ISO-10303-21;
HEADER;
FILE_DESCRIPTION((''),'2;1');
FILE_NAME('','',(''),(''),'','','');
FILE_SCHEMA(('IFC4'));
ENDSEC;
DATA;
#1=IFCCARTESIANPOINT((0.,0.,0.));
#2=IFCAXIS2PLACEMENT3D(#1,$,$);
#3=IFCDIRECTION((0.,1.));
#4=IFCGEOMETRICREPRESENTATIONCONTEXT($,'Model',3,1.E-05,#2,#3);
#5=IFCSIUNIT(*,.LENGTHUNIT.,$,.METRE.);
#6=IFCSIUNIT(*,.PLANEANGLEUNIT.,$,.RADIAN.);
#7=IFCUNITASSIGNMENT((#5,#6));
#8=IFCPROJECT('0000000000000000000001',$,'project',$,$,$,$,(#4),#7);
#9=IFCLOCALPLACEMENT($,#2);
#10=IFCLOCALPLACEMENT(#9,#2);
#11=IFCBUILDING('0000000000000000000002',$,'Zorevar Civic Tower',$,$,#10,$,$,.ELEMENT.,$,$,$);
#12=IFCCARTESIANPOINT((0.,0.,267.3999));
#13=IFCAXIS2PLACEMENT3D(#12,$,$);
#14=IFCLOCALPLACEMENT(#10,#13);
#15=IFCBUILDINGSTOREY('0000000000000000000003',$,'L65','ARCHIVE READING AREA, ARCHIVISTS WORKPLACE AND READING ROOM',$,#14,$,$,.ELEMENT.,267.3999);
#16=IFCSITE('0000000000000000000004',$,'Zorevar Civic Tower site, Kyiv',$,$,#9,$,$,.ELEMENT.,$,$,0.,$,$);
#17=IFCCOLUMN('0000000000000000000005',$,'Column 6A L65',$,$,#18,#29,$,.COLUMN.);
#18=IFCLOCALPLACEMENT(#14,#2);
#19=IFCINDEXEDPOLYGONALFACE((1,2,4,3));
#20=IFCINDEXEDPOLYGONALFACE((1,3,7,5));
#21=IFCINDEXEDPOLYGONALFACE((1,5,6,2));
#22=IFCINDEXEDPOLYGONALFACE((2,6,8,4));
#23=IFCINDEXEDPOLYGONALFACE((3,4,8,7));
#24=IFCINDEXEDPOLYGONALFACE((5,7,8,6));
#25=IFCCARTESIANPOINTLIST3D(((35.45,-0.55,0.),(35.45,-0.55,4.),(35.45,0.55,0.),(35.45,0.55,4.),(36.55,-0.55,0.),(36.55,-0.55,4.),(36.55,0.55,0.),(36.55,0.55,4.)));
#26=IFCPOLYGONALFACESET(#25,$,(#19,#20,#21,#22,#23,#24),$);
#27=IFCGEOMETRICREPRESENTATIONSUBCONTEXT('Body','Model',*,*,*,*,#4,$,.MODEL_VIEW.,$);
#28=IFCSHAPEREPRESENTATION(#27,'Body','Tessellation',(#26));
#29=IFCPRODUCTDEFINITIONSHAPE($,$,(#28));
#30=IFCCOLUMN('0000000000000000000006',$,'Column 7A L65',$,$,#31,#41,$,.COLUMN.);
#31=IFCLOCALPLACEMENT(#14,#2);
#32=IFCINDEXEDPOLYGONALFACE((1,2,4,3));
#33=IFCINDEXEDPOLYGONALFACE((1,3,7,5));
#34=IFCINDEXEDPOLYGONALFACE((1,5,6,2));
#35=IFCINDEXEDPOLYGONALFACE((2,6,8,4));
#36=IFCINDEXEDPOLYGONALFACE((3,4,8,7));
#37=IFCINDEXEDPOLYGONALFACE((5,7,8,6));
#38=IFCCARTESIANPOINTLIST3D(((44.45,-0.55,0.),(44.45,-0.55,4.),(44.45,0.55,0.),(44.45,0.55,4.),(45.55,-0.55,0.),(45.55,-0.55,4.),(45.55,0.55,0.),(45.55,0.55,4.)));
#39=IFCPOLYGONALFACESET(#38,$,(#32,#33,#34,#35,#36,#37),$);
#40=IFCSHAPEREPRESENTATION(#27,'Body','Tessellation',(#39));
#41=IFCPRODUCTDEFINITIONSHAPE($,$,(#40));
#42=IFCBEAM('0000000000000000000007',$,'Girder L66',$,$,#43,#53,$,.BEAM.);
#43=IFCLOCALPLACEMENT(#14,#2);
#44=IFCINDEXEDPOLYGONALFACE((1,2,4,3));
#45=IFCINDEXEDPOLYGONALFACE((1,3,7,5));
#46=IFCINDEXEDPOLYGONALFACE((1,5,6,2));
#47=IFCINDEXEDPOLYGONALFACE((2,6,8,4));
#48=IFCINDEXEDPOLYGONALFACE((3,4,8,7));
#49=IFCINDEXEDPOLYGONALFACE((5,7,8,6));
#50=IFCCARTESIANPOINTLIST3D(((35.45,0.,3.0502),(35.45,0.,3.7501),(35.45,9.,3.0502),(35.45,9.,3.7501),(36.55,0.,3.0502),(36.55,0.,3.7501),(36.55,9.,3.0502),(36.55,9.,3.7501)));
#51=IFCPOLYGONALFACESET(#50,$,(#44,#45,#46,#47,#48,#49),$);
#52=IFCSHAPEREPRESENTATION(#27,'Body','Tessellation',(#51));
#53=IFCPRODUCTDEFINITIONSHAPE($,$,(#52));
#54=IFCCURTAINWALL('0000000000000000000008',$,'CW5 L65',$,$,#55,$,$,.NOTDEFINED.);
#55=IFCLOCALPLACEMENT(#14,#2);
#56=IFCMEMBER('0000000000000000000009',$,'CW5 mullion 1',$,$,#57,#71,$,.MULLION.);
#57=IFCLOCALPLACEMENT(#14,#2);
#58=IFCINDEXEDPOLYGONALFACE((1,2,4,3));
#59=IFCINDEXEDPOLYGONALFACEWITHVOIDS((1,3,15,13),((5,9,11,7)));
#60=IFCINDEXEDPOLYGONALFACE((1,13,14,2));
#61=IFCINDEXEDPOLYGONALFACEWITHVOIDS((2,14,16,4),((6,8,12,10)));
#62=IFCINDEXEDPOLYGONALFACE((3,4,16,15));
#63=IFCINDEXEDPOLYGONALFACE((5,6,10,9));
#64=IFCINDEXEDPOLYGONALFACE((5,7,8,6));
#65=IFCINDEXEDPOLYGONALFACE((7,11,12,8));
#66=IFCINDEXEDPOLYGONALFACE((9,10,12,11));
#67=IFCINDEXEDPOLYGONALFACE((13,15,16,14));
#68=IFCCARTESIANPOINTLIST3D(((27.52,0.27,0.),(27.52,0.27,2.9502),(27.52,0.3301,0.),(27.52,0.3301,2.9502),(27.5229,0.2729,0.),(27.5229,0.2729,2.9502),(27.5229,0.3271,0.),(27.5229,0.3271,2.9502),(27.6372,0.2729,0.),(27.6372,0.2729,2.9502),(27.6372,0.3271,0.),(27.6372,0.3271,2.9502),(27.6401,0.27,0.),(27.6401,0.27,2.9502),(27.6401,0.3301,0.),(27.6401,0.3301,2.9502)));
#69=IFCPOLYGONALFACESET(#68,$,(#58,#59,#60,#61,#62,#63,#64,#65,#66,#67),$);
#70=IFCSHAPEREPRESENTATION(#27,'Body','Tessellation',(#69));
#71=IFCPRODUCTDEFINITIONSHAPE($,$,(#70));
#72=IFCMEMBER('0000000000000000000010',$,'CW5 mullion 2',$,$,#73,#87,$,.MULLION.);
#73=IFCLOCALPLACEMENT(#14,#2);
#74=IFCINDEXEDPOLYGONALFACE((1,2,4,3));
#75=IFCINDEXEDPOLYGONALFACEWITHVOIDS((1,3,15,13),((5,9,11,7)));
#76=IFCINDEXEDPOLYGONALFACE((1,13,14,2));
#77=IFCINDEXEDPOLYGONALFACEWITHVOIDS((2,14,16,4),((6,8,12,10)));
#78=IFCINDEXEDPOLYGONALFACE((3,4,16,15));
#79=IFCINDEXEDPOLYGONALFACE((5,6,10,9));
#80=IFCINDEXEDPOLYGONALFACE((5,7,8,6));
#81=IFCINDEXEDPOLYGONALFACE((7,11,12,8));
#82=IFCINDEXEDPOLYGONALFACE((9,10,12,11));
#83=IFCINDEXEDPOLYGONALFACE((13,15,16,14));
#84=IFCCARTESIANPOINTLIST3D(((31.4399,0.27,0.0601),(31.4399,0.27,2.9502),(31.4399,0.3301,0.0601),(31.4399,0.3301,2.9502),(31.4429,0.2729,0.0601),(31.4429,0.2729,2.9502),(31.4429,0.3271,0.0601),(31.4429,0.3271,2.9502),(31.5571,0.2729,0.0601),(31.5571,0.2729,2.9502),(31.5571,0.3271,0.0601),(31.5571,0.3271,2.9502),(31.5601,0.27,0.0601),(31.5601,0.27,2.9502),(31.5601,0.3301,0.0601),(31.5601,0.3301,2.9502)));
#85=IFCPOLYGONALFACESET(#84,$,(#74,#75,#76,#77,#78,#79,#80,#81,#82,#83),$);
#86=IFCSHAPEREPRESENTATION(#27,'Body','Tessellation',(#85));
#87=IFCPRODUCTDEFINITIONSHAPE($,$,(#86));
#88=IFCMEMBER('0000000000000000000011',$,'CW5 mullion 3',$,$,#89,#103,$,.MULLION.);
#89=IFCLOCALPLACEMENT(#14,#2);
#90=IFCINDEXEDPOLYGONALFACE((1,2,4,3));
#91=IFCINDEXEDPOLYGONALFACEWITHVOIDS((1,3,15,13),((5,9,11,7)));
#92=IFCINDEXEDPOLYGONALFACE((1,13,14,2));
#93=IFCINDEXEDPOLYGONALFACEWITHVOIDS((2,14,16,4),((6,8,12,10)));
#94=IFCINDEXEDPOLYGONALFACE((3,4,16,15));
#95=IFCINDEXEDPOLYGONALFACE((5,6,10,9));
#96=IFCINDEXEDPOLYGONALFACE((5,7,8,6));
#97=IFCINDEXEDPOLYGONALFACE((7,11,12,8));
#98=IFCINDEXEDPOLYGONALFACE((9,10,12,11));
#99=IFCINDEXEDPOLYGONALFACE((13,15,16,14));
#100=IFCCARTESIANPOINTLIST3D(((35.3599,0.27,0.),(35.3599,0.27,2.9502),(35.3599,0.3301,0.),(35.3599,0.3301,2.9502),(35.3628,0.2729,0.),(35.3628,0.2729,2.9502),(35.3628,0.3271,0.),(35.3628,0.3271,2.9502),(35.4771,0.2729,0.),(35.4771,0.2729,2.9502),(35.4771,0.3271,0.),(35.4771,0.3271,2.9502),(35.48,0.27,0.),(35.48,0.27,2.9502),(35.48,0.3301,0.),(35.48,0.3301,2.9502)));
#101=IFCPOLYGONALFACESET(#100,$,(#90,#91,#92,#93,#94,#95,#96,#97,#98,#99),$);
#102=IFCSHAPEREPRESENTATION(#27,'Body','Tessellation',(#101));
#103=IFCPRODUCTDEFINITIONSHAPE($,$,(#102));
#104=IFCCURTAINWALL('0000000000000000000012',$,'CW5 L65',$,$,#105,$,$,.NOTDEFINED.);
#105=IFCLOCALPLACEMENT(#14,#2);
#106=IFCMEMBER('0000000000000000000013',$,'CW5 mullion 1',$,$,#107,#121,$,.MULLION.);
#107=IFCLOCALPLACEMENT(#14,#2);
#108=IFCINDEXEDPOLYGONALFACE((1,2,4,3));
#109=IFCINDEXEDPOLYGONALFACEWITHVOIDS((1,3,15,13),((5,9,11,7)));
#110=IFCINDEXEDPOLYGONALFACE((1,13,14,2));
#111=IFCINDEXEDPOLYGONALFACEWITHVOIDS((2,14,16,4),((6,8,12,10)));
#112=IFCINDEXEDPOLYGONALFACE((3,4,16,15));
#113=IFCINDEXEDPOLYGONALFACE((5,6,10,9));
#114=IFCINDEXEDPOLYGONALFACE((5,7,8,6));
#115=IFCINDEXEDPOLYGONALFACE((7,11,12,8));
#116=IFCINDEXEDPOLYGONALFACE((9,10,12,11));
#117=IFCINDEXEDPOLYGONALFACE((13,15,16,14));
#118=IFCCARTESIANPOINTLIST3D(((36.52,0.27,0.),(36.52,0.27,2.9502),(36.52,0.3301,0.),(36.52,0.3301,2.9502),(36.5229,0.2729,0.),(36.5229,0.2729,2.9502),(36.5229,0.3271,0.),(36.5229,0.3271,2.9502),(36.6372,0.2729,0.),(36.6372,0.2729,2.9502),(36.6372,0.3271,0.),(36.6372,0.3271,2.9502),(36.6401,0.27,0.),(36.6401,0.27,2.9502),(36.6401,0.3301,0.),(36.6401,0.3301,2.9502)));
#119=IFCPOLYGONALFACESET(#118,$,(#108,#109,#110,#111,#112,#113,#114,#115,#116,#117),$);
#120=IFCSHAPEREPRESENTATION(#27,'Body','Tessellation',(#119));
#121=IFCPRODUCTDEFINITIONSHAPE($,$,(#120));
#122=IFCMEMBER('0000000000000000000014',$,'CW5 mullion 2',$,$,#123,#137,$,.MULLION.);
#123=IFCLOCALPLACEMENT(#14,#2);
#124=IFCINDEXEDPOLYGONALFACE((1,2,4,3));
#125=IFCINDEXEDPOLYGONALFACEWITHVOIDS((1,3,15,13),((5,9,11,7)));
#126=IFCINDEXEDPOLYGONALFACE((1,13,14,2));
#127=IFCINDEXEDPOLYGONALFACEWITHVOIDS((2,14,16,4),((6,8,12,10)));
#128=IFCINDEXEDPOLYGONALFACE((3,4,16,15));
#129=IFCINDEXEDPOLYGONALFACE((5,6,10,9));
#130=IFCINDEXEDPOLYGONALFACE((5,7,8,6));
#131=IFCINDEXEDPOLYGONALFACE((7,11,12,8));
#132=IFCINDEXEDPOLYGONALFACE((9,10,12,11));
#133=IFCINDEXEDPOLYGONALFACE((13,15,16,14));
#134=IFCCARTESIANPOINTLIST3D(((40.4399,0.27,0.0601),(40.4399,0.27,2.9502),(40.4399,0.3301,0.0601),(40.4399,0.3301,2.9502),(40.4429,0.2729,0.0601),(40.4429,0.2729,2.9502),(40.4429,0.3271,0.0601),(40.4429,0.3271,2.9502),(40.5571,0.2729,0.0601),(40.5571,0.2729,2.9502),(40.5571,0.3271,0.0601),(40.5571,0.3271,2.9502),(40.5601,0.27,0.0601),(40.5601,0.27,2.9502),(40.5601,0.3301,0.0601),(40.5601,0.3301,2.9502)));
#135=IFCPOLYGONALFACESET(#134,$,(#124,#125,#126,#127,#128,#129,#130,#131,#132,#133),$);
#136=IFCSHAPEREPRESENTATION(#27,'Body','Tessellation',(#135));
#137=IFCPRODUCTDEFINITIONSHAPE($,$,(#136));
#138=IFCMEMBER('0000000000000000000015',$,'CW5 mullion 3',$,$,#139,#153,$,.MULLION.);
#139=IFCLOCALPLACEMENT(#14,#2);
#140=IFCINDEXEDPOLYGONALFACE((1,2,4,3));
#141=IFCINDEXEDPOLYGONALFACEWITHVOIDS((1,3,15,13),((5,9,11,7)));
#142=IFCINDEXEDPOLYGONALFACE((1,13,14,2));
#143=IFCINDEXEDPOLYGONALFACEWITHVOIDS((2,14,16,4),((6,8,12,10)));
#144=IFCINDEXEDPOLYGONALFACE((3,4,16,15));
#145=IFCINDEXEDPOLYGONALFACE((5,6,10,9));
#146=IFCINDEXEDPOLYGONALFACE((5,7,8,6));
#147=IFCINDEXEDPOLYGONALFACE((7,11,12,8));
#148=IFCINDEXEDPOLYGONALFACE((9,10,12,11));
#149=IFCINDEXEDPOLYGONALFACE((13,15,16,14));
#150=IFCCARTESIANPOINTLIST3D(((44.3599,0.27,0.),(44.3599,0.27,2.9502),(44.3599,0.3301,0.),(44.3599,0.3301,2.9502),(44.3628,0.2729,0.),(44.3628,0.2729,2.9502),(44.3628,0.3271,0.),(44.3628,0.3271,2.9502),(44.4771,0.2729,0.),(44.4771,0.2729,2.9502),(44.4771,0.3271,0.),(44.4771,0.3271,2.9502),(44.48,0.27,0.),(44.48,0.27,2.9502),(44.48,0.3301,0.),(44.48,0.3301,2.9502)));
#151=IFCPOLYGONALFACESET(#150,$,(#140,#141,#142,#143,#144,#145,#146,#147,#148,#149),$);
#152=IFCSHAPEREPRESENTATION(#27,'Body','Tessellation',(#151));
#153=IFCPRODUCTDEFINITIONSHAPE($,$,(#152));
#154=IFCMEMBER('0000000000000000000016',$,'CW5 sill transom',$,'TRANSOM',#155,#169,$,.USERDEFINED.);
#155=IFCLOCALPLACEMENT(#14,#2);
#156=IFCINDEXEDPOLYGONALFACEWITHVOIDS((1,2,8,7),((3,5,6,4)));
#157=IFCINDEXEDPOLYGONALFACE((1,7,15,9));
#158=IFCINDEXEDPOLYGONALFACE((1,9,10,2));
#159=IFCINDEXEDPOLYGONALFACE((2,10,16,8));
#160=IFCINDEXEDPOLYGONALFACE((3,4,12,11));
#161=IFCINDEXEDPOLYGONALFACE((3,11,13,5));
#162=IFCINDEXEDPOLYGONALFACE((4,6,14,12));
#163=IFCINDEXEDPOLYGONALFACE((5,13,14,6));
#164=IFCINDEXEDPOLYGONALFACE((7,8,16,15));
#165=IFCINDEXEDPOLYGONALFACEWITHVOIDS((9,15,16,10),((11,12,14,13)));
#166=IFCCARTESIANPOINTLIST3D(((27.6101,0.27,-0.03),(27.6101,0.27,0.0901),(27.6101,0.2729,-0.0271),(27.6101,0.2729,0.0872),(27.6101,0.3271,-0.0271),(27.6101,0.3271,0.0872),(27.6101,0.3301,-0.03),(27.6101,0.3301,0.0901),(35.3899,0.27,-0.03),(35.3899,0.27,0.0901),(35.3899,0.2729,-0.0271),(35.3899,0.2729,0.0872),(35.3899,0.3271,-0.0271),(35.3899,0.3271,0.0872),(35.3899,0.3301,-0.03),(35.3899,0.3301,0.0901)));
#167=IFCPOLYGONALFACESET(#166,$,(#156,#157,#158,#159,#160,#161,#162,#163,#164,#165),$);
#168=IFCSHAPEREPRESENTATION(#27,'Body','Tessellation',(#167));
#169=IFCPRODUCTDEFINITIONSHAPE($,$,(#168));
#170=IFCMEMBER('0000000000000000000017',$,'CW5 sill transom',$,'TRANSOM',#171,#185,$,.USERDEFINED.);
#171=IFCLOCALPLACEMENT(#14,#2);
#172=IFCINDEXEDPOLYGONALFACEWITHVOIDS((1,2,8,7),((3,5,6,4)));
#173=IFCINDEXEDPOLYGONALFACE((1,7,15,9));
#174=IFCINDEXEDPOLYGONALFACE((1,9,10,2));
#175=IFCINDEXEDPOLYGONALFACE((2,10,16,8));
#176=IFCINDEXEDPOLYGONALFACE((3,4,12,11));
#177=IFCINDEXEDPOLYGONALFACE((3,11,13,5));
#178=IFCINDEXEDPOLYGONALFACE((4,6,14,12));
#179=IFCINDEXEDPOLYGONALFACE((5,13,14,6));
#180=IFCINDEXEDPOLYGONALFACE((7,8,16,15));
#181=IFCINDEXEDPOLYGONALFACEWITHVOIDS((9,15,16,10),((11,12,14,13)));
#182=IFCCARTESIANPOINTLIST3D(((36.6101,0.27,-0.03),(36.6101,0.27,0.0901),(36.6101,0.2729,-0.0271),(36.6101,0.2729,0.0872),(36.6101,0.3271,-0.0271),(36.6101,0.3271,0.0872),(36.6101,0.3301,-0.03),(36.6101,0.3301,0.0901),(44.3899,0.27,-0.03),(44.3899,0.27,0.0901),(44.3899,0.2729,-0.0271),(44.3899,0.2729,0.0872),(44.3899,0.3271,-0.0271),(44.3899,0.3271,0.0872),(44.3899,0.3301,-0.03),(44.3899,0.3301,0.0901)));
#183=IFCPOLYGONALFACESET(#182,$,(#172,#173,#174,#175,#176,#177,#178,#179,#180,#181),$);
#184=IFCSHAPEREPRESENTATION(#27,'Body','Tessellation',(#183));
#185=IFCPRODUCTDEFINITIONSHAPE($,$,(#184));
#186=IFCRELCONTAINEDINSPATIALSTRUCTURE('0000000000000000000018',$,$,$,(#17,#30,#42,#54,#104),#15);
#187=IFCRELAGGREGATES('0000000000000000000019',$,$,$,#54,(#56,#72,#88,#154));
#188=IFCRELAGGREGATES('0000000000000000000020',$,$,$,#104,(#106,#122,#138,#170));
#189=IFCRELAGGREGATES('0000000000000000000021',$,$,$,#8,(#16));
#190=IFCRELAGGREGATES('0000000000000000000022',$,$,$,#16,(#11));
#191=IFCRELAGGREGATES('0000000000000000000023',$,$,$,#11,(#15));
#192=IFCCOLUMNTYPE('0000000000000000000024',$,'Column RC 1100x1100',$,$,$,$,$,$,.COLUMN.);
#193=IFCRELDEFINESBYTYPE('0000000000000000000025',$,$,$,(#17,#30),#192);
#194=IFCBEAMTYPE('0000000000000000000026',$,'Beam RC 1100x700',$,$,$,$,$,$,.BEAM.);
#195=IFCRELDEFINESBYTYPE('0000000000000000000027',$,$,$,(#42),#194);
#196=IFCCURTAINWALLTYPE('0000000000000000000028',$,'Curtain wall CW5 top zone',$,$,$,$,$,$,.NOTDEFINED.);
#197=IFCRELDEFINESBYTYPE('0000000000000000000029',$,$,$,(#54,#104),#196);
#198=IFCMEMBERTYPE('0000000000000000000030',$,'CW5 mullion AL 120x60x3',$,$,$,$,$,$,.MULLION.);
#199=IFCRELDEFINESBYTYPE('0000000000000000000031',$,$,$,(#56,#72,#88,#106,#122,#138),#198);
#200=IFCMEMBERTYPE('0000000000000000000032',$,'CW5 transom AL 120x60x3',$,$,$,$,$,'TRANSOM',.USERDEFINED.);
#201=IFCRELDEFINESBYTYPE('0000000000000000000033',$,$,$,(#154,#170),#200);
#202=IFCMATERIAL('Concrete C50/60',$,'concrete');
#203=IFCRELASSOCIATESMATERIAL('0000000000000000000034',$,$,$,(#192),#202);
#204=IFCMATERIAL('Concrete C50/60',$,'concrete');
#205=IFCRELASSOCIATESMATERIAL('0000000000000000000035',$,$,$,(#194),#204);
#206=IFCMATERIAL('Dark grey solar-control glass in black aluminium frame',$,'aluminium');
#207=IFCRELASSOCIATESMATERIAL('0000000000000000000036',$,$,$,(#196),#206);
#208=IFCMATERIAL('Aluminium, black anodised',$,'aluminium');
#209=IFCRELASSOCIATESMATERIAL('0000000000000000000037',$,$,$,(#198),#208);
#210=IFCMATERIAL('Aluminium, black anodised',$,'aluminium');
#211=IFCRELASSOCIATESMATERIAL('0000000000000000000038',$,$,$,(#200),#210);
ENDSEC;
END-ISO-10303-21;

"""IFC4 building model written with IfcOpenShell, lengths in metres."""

from ifc_helpers import new_model, si_unit, direction, frame, origin, origin_2d, place, context, subcontext, project, spatial, rectangle, hollow_rectangle, extrude, material, material_profile, profile_set, type_object, element, aggregate, save


model = new_model("IFC4")

# Units and contexts
model_context = context("Model", 3, precision=1e-05, world=origin(), true_north=direction((0.0, 1.0)))
body_context = subcontext(model_context, "Body", "Model", "MODEL_VIEW")
ifc_project = project(units=[si_unit("LENGTHUNIT", "METRE"), si_unit("PLANEANGLEUNIT", "RADIAN")], contexts=[model_context])

# Site, building, storey
site_placement = place(None, origin())
site = spatial("IfcSite", under=ifc_project, at=site_placement, Name="Zorevar Civic Tower site, Kyiv", CompositionType="ELEMENT", RefElevation=0.0)
building_placement = place(site_placement, origin())
building = spatial("IfcBuilding", under=site, at=building_placement, Name="Zorevar Civic Tower", CompositionType="ELEMENT")
storey_placement = place(building_placement, frame((0.0, 0.0, 267.3999)))
storey = spatial("IfcBuildingStorey", under=building, at=storey_placement, Name="L65", Description="ARCHIVE READING AREA, ARCHIVISTS WORKPLACE AND READING ROOM", CompositionType="ELEMENT", Elevation=267.3999)

# Columns
ifc_material_1 = material(Name="Concrete C50/60", Category="concrete")
ifc_material_profile_1 = material_profile(ifc_material_1, rectangle(XDim=1.1001, YDim=1.1001, at=origin_2d()), Name="RC 1100x1100")
ifc_profile_set_1 = profile_set([ifc_material_profile_1], Name="Concrete C50/60")
column_type = type_object("IfcColumnType", Name="Column RC 1100x1100", PredefinedType="COLUMN", material=ifc_profile_set_1)
for number, where, z_axis, x_axis, name in (
    (1, (36.0, 0.0, 0.0), (0.0, 0.0, 1.0), (1.0, 0.0, 0.0), "Column 6A L65"),
    (2, (45.0, 0.0, 0.0), (0.0, 0.0, 1.0), (1.0, 0.0, 0.0), "Column 7A L65"),
):
    element("IfcColumn", number, at=place(storey_placement, frame(where, z_axis=z_axis, x_axis=x_axis)), inside=storey, type_object=column_type, Name=name, PredefinedType="COLUMN", context=body_context, shape_type="SweptSolid", body=[
        extrude(rectangle(XDim=1.1001, YDim=1.1001, at=origin_2d()), origin(), (0.0, 0.0, 1.0), 4.0),
    ])

# Beam
ifc_material_2 = material(Name="Concrete C50/60", Category="concrete")
ifc_material_profile_2 = material_profile(ifc_material_2, rectangle(XDim=1.1001, YDim=0.7, at=origin_2d()), Name="RC 1100x700")
ifc_profile_set_2 = profile_set([ifc_material_profile_2], Name="Concrete C50/60")
beam_type_1 = type_object("IfcBeamType", Name="Beam RC 1100x700", PredefinedType="BEAM", material=ifc_profile_set_2)
beam_1_placement = place(storey_placement, frame((36.0, 0.0, 3.4001), z_axis=(0.0, 1.0, 0.0), x_axis=(-1.0, 0.0, 0.0)))
element("IfcBeam", 3, at=beam_1_placement, inside=storey, type_object=beam_type_1, Name="Girder L66", PredefinedType="BEAM", context=body_context, shape_type="SweptSolid", body=[
    extrude(rectangle(XDim=1.1001, YDim=0.7, at=origin_2d()), origin(), (0.0, 0.0, 1.0), 9.0),
])

# Curtain walls, members
ifc_material_3 = material(Name="Dark grey solar-control glass in black aluminium frame", Category="aluminium")
curtain_wall_type = type_object("IfcCurtainWallType", Name="Curtain wall CW5 top zone", PredefinedType="NOTDEFINED", material=ifc_material_3)
curtain_wall_1_placement = place(storey_placement, origin())
curtain_wall_1 = element("IfcCurtainWall", 4, at=curtain_wall_1_placement, inside=storey, type_object=curtain_wall_type, Name="CW5 L65", PredefinedType="NOTDEFINED")
ifc_material_4 = material(Name="Aluminium, black anodised", Category="aluminium")
ifc_material_profile_3 = material_profile(ifc_material_4, hollow_rectangle(XDim=0.0601, YDim=0.1201, WallThickness=0.0029, at=origin_2d()), Name="AL 120x60x3")
ifc_profile_set_3 = profile_set([ifc_material_profile_3], Name="Aluminium, black anodised")
member_type_1 = type_object("IfcMemberType", Name="CW5 mullion AL 120x60x3", PredefinedType="MULLION", material=ifc_profile_set_3)
member_1_placement = place(storey_placement, frame((27.5801, 0.3, 0.0), z_axis=(0.0, 0.0, 1.0), x_axis=(0.0, 1.0, 0.0)))
member_1 = element("IfcMember", 5, at=member_1_placement, type_object=member_type_1, Name="CW5 mullion 1", PredefinedType="MULLION", context=body_context, shape_type="SweptSolid", body=[
    extrude(hollow_rectangle(XDim=0.0601, YDim=0.1201, WallThickness=0.0029, at=origin_2d()), origin(), (0.0, 0.0, 1.0), 2.9502),
])
member_2_placement = place(storey_placement, frame((31.5, 0.3, 0.0601), z_axis=(0.0, 0.0, 1.0), x_axis=(0.0, 1.0, 0.0)))
member_2 = element("IfcMember", 6, at=member_2_placement, type_object=member_type_1, Name="CW5 mullion 2", PredefinedType="MULLION", context=body_context, shape_type="SweptSolid", body=[
    extrude(hollow_rectangle(XDim=0.0601, YDim=0.1201, WallThickness=0.0029, at=origin_2d()), origin(), (0.0, 0.0, 1.0), 2.8901),
])
member_3_placement = place(storey_placement, frame((35.4199, 0.3, 0.0), z_axis=(0.0, 0.0, 1.0), x_axis=(0.0, 1.0, 0.0)))
member_3 = element("IfcMember", 7, at=member_3_placement, type_object=member_type_1, Name="CW5 mullion 3", PredefinedType="MULLION", context=body_context, shape_type="SweptSolid", body=[
    extrude(hollow_rectangle(XDim=0.0601, YDim=0.1201, WallThickness=0.0029, at=origin_2d()), origin(), (0.0, 0.0, 1.0), 2.9502),
])
curtain_wall_2_placement = place(storey_placement, origin())
curtain_wall_2 = element("IfcCurtainWall", 8, at=curtain_wall_2_placement, inside=storey, type_object=curtain_wall_type, Name="CW5 L65", PredefinedType="NOTDEFINED")
member_4_placement = place(storey_placement, frame((36.5801, 0.3, 0.0), z_axis=(0.0, 0.0, 1.0), x_axis=(0.0, 1.0, 0.0)))
member_4 = element("IfcMember", 9, at=member_4_placement, type_object=member_type_1, Name="CW5 mullion 1", PredefinedType="MULLION", context=body_context, shape_type="SweptSolid", body=[
    extrude(hollow_rectangle(XDim=0.0601, YDim=0.1201, WallThickness=0.0029, at=origin_2d()), origin(), (0.0, 0.0, 1.0), 2.9502),
])
member_5_placement = place(storey_placement, frame((40.5, 0.3, 0.0601), z_axis=(0.0, 0.0, 1.0), x_axis=(0.0, 1.0, 0.0)))
member_5 = element("IfcMember", 10, at=member_5_placement, type_object=member_type_1, Name="CW5 mullion 2", PredefinedType="MULLION", context=body_context, shape_type="SweptSolid", body=[
    extrude(hollow_rectangle(XDim=0.0601, YDim=0.1201, WallThickness=0.0029, at=origin_2d()), origin(), (0.0, 0.0, 1.0), 2.8901),
])
member_6_placement = place(storey_placement, frame((44.4199, 0.3, 0.0), z_axis=(0.0, 0.0, 1.0), x_axis=(0.0, 1.0, 0.0)))
member_6 = element("IfcMember", 11, at=member_6_placement, type_object=member_type_1, Name="CW5 mullion 3", PredefinedType="MULLION", context=body_context, shape_type="SweptSolid", body=[
    extrude(hollow_rectangle(XDim=0.0601, YDim=0.1201, WallThickness=0.0029, at=origin_2d()), origin(), (0.0, 0.0, 1.0), 2.9502),
])

# Members
ifc_material_5 = material(Name="Aluminium, black anodised", Category="aluminium")
ifc_material_profile_4 = material_profile(ifc_material_5, hollow_rectangle(XDim=0.0601, YDim=0.1201, WallThickness=0.0029, at=origin_2d()), Name="AL 120x60x3")
ifc_profile_set_4 = profile_set([ifc_material_profile_4], Name="Aluminium, black anodised")
member_type_2 = type_object("IfcMemberType", Name="CW5 transom AL 120x60x3", ElementType="TRANSOM", PredefinedType="USERDEFINED", material=ifc_profile_set_4)
member_7_placement = place(storey_placement, frame((27.6101, 0.3, 0.03), z_axis=(1.0, 0.0, 0.0), x_axis=(0.0, 1.0, 0.0)))
member_7 = element("IfcMember", 12, at=member_7_placement, type_object=member_type_2, Name="CW5 sill transom", ObjectType="TRANSOM", PredefinedType="USERDEFINED", context=body_context, shape_type="SweptSolid", body=[
    extrude(hollow_rectangle(XDim=0.0601, YDim=0.1201, WallThickness=0.0029, at=origin_2d()), origin(), (0.0, 0.0, 1.0), 7.7798),
])
member_8_placement = place(storey_placement, frame((36.6101, 0.3, 0.03), z_axis=(1.0, 0.0, 0.0), x_axis=(0.0, 1.0, 0.0)))
member_8 = element("IfcMember", 13, at=member_8_placement, type_object=member_type_2, Name="CW5 sill transom", ObjectType="TRANSOM", PredefinedType="USERDEFINED", context=body_context, shape_type="SweptSolid", body=[
    extrude(hollow_rectangle(XDim=0.0601, YDim=0.1201, WallThickness=0.0029, at=origin_2d()), origin(), (0.0, 0.0, 1.0), 7.7798),
])

aggregate(curtain_wall_1, [member_1, member_2, member_3, member_7])
aggregate(curtain_wall_2, [member_4, member_5, member_6, member_8])

save(model, "model.ifc")
